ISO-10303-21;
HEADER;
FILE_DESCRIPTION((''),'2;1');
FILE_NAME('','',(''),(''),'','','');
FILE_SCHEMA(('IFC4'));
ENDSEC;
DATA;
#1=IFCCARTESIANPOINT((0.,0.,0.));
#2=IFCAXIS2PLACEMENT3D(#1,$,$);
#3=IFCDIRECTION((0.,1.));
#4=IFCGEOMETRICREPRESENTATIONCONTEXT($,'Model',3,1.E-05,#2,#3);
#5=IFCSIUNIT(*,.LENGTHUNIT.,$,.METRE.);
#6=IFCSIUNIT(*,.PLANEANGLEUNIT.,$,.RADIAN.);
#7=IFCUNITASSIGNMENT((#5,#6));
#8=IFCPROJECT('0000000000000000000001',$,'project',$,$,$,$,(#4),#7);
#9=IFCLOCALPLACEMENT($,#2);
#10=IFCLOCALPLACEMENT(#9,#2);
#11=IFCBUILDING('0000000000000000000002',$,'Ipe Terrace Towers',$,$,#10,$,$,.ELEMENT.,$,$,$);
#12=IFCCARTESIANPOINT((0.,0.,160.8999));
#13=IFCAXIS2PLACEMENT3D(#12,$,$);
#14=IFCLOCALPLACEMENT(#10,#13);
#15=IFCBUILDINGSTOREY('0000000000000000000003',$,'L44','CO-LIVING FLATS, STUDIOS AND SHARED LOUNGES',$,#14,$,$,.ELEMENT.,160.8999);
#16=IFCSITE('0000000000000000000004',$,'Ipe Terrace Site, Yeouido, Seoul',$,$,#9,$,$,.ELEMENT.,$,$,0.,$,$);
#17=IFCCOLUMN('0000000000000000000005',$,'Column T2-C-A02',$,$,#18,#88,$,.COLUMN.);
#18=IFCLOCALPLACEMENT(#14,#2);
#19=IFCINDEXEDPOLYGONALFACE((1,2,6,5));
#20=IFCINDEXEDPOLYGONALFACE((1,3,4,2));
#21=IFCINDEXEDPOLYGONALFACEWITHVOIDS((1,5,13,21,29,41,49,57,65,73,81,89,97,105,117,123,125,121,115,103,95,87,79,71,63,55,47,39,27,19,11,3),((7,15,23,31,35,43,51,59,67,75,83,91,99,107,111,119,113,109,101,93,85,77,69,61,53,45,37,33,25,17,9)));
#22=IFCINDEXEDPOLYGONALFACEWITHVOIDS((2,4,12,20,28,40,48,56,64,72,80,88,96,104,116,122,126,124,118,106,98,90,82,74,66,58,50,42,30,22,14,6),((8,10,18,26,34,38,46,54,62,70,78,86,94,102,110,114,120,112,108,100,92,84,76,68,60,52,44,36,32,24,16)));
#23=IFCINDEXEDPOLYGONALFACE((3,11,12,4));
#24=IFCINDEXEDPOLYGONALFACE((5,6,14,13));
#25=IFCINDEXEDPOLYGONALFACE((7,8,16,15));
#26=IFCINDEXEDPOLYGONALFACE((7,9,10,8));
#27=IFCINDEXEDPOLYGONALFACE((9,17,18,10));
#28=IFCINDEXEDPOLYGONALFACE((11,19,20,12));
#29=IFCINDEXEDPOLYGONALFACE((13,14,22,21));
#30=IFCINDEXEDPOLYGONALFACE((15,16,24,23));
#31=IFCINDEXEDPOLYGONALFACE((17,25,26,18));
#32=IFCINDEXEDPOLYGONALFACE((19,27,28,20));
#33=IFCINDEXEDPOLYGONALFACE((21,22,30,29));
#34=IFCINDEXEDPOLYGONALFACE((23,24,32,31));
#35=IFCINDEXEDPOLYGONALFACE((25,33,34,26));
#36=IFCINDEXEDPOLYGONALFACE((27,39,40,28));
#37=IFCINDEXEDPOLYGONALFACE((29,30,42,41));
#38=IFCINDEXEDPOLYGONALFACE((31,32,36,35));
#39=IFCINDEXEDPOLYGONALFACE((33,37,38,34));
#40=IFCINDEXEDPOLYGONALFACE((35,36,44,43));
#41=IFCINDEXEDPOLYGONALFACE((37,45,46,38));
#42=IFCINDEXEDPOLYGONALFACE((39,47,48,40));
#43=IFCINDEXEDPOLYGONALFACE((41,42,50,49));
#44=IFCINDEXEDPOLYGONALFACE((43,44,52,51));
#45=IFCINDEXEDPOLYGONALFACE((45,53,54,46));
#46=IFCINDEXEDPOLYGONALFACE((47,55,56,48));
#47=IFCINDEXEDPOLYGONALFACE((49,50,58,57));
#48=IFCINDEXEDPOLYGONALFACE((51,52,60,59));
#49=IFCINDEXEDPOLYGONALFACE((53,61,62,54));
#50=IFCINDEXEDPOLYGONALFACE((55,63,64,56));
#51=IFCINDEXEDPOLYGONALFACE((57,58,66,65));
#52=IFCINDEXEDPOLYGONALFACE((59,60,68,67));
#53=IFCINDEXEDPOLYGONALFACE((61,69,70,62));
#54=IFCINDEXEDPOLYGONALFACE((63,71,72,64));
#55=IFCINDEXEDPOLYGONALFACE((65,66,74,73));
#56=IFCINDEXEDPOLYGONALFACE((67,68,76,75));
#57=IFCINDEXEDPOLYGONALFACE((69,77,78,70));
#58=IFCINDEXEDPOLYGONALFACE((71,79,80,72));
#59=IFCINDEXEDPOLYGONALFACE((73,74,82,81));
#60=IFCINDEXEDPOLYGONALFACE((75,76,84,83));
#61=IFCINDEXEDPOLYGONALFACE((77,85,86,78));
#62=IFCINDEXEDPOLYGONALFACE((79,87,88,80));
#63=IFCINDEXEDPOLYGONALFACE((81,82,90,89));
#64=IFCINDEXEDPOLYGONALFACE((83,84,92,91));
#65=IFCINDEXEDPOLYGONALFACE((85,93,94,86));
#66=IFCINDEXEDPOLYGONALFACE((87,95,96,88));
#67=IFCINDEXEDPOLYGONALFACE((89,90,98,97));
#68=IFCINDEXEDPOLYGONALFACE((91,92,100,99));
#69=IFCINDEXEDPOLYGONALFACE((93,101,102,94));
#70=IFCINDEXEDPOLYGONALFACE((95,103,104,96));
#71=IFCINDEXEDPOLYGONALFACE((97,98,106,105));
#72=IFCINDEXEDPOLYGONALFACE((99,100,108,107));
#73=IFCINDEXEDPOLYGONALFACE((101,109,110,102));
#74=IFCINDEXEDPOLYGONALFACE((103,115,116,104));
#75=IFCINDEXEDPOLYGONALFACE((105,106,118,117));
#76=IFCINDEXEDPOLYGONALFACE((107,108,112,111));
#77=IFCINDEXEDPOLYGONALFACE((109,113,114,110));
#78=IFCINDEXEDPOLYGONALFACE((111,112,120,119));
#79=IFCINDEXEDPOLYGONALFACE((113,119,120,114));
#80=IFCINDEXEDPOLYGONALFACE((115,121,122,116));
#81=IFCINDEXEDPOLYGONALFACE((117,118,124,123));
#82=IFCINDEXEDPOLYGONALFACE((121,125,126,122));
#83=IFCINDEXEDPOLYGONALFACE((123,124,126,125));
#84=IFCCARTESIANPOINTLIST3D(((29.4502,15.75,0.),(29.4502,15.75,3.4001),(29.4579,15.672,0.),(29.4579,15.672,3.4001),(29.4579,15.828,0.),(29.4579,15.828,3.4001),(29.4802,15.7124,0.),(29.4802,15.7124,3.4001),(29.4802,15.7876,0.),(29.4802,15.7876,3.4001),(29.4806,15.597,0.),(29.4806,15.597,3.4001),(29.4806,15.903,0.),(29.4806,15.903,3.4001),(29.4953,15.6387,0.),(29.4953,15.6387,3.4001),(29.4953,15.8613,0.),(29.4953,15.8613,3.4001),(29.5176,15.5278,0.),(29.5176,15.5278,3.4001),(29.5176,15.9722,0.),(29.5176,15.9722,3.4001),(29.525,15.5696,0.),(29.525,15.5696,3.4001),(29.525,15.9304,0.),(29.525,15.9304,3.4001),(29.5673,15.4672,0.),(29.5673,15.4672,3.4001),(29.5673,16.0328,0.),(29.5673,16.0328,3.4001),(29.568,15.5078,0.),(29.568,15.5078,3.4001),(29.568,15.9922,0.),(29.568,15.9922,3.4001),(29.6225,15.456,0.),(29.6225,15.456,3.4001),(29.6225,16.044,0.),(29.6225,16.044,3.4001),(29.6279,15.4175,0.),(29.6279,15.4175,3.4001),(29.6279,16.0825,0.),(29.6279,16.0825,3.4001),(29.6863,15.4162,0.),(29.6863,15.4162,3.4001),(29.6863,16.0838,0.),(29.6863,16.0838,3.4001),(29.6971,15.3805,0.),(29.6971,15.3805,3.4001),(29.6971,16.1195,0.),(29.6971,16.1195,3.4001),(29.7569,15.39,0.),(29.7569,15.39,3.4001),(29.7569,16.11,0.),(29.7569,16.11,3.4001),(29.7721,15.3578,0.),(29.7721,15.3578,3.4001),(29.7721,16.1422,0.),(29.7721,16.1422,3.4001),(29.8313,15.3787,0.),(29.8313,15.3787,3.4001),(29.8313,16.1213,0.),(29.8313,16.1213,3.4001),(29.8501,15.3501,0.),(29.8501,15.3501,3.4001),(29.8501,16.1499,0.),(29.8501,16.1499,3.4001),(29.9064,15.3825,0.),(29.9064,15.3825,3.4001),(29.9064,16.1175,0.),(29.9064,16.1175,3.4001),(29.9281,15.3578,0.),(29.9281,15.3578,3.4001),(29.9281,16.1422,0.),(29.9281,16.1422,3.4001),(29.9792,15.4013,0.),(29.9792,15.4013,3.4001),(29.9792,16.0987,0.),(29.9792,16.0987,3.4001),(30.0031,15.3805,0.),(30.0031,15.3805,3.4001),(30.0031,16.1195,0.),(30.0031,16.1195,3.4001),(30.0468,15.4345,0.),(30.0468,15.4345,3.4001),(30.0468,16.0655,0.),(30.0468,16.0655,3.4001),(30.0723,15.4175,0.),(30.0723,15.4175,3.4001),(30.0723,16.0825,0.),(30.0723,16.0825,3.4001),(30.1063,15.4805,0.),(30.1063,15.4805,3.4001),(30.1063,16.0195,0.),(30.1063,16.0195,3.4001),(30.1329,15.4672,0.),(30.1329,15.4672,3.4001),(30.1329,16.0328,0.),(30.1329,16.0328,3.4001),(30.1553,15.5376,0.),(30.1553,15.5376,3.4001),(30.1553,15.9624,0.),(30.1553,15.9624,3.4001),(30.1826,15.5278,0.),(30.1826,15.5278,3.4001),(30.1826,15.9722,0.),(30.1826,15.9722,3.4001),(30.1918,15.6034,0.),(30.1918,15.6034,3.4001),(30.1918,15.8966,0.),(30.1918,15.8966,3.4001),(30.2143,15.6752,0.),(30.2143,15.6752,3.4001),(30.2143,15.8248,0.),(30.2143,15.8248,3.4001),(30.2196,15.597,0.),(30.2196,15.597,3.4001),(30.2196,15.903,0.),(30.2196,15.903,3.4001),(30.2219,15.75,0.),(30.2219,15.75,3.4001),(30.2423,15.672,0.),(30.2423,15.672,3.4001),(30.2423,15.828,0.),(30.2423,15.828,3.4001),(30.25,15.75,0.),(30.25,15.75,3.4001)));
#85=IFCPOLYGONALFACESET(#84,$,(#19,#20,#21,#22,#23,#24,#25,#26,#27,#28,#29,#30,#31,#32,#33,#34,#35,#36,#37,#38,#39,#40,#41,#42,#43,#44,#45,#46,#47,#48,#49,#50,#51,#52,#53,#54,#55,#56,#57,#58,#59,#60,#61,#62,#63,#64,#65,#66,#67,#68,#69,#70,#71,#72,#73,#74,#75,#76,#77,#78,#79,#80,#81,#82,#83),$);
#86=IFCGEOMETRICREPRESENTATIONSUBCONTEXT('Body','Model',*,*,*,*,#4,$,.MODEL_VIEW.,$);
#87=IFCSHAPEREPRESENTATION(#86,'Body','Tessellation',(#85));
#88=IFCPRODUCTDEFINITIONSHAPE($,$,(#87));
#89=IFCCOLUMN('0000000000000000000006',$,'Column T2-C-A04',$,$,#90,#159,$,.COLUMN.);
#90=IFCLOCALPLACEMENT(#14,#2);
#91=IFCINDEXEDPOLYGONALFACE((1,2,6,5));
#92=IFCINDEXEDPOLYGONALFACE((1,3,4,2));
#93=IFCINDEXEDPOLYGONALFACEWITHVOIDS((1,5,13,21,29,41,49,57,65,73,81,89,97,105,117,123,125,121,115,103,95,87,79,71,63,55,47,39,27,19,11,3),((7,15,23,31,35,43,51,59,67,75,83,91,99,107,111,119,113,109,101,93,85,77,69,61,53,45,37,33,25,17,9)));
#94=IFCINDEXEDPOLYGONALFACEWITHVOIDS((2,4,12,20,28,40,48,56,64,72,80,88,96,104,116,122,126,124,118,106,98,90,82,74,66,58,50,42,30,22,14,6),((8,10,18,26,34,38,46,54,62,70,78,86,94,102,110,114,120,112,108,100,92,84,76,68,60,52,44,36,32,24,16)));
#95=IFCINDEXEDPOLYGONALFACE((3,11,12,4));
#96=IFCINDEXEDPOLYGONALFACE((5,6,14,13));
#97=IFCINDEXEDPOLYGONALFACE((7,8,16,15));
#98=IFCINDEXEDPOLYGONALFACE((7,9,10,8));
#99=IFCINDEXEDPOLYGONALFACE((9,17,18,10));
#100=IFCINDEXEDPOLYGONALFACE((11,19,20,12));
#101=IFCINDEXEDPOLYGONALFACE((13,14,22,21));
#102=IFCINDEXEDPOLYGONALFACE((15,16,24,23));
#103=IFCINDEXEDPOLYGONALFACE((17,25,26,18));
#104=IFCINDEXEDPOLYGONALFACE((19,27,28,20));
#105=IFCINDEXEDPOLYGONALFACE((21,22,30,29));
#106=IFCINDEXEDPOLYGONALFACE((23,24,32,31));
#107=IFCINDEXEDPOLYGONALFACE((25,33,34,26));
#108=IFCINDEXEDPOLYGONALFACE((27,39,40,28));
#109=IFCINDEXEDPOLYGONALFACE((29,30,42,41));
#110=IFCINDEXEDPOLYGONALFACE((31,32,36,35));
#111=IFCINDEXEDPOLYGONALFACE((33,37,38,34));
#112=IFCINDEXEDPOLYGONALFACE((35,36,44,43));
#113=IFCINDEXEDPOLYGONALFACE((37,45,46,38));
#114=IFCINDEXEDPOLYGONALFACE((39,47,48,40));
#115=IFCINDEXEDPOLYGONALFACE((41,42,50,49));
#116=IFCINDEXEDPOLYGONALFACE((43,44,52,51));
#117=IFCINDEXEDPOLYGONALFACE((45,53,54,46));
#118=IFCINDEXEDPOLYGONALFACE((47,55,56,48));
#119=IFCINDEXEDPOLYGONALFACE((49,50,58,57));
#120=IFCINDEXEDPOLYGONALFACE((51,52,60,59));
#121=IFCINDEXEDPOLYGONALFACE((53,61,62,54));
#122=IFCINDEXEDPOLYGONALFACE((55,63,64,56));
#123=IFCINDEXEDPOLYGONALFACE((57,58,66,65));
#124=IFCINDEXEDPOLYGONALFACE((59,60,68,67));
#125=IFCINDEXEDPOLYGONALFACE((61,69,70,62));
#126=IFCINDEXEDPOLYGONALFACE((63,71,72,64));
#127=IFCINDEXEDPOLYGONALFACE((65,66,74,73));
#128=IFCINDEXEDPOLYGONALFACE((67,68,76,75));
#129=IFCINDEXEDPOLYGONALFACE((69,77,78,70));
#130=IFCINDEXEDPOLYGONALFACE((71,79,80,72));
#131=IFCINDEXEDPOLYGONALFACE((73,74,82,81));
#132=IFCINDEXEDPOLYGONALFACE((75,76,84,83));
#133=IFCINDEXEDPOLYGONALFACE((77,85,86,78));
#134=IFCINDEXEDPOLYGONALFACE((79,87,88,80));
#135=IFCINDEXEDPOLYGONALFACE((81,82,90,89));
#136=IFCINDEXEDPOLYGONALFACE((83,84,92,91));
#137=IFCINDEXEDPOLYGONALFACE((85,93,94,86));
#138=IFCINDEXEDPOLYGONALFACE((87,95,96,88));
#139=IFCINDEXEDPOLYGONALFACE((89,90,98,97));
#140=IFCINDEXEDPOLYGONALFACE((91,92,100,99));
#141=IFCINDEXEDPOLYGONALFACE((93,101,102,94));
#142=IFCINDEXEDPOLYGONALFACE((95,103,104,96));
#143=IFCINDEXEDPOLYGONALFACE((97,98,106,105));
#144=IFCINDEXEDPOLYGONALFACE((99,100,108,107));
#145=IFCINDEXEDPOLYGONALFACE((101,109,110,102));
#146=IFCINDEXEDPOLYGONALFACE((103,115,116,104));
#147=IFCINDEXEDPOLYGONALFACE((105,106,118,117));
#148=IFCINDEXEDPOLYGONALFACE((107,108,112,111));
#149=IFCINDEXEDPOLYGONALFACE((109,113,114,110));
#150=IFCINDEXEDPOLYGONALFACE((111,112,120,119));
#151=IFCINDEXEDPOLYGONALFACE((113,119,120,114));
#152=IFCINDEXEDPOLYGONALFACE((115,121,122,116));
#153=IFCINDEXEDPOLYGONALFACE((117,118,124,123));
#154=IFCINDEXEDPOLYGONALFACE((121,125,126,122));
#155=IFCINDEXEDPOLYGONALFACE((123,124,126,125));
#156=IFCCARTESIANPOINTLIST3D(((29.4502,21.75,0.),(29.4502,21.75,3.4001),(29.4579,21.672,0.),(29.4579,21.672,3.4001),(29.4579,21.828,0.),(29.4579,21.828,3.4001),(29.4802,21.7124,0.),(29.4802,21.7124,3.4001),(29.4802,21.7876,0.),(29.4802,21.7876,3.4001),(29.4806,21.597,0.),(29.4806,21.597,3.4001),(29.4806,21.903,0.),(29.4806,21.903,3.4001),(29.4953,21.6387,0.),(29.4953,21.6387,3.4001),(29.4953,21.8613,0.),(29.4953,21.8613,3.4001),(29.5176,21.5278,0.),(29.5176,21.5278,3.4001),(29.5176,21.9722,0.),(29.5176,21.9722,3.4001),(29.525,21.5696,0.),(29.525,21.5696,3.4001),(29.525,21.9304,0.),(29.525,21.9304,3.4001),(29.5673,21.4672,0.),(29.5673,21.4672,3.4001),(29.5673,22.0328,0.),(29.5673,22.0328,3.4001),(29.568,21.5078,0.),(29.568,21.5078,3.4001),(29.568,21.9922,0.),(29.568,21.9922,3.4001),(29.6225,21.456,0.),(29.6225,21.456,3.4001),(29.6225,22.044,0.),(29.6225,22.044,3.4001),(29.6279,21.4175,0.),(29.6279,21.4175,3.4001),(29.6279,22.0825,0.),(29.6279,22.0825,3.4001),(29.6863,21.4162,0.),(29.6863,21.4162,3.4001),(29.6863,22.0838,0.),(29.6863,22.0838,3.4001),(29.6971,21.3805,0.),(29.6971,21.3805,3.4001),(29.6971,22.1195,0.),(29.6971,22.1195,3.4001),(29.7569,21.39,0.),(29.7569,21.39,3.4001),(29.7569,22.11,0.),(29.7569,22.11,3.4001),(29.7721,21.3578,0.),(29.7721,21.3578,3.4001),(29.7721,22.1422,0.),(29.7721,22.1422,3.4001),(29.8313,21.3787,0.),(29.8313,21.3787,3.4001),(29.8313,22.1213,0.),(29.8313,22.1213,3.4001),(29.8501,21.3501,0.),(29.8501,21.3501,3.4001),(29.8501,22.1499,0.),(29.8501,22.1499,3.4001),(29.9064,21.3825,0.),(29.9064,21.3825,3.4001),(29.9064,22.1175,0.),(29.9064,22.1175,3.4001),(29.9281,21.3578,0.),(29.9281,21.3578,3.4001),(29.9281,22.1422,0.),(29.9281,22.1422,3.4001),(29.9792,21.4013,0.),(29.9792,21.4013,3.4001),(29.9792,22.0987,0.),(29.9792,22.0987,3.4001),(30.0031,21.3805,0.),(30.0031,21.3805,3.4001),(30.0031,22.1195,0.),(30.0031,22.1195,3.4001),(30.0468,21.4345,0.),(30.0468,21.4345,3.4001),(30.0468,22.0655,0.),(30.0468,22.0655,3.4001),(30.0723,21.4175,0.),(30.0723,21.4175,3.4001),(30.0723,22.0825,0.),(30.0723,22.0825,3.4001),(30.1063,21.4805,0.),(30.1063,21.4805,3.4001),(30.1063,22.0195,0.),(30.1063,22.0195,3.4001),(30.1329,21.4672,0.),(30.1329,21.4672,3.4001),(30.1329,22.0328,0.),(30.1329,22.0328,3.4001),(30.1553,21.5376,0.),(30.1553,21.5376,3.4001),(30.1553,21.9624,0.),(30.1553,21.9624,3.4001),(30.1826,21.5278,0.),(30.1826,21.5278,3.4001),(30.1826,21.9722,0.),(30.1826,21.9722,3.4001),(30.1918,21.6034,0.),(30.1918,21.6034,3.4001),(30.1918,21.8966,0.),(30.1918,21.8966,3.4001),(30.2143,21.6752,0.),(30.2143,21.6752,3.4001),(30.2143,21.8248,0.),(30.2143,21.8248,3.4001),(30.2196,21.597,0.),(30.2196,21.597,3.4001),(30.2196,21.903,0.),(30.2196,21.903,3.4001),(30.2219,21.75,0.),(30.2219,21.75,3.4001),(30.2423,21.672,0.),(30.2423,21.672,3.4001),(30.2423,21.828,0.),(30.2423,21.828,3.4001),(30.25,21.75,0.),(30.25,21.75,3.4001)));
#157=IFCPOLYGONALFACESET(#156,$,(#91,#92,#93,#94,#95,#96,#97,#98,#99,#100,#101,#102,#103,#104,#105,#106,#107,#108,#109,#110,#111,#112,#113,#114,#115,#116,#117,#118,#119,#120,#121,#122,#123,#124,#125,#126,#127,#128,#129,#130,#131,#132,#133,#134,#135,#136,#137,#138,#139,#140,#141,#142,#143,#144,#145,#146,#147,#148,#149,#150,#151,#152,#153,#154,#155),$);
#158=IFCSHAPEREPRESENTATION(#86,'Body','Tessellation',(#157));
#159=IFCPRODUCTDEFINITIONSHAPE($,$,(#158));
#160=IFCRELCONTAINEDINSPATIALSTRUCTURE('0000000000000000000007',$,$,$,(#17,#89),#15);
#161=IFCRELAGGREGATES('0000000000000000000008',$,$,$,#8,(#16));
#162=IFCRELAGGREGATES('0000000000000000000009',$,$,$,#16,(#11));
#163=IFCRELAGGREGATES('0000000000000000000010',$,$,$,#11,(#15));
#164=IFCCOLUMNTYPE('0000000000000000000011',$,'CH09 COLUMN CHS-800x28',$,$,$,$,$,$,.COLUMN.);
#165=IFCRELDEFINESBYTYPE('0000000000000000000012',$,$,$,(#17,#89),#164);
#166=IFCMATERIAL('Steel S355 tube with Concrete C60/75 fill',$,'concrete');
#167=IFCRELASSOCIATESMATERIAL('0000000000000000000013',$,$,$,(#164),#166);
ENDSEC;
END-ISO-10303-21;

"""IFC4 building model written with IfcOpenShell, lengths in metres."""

from ifc_helpers import new_model, si_unit, direction, frame, origin, origin_2d, place, context, subcontext, project, spatial, hollow_circle, extrude, material, material_profile, profile_set, type_object, element, save


model = new_model("IFC4")

# Units and contexts
model_context = context("Model", 3, precision=1e-05, world=origin(), true_north=direction((0.0, 1.0)))
body_context = subcontext(model_context, "Body", "Model", "MODEL_VIEW")
ifc_project = project(units=[si_unit("LENGTHUNIT", "METRE"), si_unit("PLANEANGLEUNIT", "RADIAN")], contexts=[model_context])

# Site, building, storey
site_placement = place(None, origin())
site = spatial("IfcSite", under=ifc_project, at=site_placement, Name="Ipe Terrace Site, Yeouido, Seoul", CompositionType="ELEMENT", RefElevation=0.0)
building_placement = place(site_placement, origin())
building = spatial("IfcBuilding", under=site, at=building_placement, Name="Ipe Terrace Towers", CompositionType="ELEMENT")
storey_placement = place(building_placement, frame((0.0, 0.0, 160.8999)))
storey = spatial("IfcBuildingStorey", under=building, at=storey_placement, Name="L44", Description="CO-LIVING FLATS, STUDIOS AND SHARED LOUNGES", CompositionType="ELEMENT", Elevation=160.8999)

# Columns
ifc_material_1 = material(Name="Steel S355 tube with Concrete C60/75 fill", Category="concrete")
ifc_material_profile_1 = material_profile(ifc_material_1, hollow_circle(Radius=0.3999, WallThickness=0.0281, at=origin_2d()), Name="CHS-800x28")
ifc_profile_set_1 = profile_set([ifc_material_profile_1], Name="Steel S355 tube with Concrete C60/75 fill")
column_type_1 = type_object("IfcColumnType", Name="CH09 COLUMN CHS-800x28", PredefinedType="COLUMN", material=ifc_profile_set_1)
for number, where, z_axis, x_axis, name in (
    (1, (29.8501, 15.75, 0.0), (0.0, 0.0, 1.0), (1.0, 0.0, 0.0), "Column T2-C-A02"),
    (2, (29.8501, 21.75, 0.0), (0.0, 0.0, 1.0), (1.0, 0.0, 0.0), "Column T2-C-A04"),
):
    element("IfcColumn", number, at=place(storey_placement, frame(where, z_axis=z_axis, x_axis=x_axis)), inside=storey, type_object=column_type_1, Name=name, PredefinedType="COLUMN", context=body_context, shape_type="SweptSolid", body=[
        extrude(hollow_circle(Radius=0.3999, WallThickness=0.0281, at=origin_2d()), origin(), (0.0, 0.0, 1.0), 3.4001),
    ])

save(model, "model.ifc")
